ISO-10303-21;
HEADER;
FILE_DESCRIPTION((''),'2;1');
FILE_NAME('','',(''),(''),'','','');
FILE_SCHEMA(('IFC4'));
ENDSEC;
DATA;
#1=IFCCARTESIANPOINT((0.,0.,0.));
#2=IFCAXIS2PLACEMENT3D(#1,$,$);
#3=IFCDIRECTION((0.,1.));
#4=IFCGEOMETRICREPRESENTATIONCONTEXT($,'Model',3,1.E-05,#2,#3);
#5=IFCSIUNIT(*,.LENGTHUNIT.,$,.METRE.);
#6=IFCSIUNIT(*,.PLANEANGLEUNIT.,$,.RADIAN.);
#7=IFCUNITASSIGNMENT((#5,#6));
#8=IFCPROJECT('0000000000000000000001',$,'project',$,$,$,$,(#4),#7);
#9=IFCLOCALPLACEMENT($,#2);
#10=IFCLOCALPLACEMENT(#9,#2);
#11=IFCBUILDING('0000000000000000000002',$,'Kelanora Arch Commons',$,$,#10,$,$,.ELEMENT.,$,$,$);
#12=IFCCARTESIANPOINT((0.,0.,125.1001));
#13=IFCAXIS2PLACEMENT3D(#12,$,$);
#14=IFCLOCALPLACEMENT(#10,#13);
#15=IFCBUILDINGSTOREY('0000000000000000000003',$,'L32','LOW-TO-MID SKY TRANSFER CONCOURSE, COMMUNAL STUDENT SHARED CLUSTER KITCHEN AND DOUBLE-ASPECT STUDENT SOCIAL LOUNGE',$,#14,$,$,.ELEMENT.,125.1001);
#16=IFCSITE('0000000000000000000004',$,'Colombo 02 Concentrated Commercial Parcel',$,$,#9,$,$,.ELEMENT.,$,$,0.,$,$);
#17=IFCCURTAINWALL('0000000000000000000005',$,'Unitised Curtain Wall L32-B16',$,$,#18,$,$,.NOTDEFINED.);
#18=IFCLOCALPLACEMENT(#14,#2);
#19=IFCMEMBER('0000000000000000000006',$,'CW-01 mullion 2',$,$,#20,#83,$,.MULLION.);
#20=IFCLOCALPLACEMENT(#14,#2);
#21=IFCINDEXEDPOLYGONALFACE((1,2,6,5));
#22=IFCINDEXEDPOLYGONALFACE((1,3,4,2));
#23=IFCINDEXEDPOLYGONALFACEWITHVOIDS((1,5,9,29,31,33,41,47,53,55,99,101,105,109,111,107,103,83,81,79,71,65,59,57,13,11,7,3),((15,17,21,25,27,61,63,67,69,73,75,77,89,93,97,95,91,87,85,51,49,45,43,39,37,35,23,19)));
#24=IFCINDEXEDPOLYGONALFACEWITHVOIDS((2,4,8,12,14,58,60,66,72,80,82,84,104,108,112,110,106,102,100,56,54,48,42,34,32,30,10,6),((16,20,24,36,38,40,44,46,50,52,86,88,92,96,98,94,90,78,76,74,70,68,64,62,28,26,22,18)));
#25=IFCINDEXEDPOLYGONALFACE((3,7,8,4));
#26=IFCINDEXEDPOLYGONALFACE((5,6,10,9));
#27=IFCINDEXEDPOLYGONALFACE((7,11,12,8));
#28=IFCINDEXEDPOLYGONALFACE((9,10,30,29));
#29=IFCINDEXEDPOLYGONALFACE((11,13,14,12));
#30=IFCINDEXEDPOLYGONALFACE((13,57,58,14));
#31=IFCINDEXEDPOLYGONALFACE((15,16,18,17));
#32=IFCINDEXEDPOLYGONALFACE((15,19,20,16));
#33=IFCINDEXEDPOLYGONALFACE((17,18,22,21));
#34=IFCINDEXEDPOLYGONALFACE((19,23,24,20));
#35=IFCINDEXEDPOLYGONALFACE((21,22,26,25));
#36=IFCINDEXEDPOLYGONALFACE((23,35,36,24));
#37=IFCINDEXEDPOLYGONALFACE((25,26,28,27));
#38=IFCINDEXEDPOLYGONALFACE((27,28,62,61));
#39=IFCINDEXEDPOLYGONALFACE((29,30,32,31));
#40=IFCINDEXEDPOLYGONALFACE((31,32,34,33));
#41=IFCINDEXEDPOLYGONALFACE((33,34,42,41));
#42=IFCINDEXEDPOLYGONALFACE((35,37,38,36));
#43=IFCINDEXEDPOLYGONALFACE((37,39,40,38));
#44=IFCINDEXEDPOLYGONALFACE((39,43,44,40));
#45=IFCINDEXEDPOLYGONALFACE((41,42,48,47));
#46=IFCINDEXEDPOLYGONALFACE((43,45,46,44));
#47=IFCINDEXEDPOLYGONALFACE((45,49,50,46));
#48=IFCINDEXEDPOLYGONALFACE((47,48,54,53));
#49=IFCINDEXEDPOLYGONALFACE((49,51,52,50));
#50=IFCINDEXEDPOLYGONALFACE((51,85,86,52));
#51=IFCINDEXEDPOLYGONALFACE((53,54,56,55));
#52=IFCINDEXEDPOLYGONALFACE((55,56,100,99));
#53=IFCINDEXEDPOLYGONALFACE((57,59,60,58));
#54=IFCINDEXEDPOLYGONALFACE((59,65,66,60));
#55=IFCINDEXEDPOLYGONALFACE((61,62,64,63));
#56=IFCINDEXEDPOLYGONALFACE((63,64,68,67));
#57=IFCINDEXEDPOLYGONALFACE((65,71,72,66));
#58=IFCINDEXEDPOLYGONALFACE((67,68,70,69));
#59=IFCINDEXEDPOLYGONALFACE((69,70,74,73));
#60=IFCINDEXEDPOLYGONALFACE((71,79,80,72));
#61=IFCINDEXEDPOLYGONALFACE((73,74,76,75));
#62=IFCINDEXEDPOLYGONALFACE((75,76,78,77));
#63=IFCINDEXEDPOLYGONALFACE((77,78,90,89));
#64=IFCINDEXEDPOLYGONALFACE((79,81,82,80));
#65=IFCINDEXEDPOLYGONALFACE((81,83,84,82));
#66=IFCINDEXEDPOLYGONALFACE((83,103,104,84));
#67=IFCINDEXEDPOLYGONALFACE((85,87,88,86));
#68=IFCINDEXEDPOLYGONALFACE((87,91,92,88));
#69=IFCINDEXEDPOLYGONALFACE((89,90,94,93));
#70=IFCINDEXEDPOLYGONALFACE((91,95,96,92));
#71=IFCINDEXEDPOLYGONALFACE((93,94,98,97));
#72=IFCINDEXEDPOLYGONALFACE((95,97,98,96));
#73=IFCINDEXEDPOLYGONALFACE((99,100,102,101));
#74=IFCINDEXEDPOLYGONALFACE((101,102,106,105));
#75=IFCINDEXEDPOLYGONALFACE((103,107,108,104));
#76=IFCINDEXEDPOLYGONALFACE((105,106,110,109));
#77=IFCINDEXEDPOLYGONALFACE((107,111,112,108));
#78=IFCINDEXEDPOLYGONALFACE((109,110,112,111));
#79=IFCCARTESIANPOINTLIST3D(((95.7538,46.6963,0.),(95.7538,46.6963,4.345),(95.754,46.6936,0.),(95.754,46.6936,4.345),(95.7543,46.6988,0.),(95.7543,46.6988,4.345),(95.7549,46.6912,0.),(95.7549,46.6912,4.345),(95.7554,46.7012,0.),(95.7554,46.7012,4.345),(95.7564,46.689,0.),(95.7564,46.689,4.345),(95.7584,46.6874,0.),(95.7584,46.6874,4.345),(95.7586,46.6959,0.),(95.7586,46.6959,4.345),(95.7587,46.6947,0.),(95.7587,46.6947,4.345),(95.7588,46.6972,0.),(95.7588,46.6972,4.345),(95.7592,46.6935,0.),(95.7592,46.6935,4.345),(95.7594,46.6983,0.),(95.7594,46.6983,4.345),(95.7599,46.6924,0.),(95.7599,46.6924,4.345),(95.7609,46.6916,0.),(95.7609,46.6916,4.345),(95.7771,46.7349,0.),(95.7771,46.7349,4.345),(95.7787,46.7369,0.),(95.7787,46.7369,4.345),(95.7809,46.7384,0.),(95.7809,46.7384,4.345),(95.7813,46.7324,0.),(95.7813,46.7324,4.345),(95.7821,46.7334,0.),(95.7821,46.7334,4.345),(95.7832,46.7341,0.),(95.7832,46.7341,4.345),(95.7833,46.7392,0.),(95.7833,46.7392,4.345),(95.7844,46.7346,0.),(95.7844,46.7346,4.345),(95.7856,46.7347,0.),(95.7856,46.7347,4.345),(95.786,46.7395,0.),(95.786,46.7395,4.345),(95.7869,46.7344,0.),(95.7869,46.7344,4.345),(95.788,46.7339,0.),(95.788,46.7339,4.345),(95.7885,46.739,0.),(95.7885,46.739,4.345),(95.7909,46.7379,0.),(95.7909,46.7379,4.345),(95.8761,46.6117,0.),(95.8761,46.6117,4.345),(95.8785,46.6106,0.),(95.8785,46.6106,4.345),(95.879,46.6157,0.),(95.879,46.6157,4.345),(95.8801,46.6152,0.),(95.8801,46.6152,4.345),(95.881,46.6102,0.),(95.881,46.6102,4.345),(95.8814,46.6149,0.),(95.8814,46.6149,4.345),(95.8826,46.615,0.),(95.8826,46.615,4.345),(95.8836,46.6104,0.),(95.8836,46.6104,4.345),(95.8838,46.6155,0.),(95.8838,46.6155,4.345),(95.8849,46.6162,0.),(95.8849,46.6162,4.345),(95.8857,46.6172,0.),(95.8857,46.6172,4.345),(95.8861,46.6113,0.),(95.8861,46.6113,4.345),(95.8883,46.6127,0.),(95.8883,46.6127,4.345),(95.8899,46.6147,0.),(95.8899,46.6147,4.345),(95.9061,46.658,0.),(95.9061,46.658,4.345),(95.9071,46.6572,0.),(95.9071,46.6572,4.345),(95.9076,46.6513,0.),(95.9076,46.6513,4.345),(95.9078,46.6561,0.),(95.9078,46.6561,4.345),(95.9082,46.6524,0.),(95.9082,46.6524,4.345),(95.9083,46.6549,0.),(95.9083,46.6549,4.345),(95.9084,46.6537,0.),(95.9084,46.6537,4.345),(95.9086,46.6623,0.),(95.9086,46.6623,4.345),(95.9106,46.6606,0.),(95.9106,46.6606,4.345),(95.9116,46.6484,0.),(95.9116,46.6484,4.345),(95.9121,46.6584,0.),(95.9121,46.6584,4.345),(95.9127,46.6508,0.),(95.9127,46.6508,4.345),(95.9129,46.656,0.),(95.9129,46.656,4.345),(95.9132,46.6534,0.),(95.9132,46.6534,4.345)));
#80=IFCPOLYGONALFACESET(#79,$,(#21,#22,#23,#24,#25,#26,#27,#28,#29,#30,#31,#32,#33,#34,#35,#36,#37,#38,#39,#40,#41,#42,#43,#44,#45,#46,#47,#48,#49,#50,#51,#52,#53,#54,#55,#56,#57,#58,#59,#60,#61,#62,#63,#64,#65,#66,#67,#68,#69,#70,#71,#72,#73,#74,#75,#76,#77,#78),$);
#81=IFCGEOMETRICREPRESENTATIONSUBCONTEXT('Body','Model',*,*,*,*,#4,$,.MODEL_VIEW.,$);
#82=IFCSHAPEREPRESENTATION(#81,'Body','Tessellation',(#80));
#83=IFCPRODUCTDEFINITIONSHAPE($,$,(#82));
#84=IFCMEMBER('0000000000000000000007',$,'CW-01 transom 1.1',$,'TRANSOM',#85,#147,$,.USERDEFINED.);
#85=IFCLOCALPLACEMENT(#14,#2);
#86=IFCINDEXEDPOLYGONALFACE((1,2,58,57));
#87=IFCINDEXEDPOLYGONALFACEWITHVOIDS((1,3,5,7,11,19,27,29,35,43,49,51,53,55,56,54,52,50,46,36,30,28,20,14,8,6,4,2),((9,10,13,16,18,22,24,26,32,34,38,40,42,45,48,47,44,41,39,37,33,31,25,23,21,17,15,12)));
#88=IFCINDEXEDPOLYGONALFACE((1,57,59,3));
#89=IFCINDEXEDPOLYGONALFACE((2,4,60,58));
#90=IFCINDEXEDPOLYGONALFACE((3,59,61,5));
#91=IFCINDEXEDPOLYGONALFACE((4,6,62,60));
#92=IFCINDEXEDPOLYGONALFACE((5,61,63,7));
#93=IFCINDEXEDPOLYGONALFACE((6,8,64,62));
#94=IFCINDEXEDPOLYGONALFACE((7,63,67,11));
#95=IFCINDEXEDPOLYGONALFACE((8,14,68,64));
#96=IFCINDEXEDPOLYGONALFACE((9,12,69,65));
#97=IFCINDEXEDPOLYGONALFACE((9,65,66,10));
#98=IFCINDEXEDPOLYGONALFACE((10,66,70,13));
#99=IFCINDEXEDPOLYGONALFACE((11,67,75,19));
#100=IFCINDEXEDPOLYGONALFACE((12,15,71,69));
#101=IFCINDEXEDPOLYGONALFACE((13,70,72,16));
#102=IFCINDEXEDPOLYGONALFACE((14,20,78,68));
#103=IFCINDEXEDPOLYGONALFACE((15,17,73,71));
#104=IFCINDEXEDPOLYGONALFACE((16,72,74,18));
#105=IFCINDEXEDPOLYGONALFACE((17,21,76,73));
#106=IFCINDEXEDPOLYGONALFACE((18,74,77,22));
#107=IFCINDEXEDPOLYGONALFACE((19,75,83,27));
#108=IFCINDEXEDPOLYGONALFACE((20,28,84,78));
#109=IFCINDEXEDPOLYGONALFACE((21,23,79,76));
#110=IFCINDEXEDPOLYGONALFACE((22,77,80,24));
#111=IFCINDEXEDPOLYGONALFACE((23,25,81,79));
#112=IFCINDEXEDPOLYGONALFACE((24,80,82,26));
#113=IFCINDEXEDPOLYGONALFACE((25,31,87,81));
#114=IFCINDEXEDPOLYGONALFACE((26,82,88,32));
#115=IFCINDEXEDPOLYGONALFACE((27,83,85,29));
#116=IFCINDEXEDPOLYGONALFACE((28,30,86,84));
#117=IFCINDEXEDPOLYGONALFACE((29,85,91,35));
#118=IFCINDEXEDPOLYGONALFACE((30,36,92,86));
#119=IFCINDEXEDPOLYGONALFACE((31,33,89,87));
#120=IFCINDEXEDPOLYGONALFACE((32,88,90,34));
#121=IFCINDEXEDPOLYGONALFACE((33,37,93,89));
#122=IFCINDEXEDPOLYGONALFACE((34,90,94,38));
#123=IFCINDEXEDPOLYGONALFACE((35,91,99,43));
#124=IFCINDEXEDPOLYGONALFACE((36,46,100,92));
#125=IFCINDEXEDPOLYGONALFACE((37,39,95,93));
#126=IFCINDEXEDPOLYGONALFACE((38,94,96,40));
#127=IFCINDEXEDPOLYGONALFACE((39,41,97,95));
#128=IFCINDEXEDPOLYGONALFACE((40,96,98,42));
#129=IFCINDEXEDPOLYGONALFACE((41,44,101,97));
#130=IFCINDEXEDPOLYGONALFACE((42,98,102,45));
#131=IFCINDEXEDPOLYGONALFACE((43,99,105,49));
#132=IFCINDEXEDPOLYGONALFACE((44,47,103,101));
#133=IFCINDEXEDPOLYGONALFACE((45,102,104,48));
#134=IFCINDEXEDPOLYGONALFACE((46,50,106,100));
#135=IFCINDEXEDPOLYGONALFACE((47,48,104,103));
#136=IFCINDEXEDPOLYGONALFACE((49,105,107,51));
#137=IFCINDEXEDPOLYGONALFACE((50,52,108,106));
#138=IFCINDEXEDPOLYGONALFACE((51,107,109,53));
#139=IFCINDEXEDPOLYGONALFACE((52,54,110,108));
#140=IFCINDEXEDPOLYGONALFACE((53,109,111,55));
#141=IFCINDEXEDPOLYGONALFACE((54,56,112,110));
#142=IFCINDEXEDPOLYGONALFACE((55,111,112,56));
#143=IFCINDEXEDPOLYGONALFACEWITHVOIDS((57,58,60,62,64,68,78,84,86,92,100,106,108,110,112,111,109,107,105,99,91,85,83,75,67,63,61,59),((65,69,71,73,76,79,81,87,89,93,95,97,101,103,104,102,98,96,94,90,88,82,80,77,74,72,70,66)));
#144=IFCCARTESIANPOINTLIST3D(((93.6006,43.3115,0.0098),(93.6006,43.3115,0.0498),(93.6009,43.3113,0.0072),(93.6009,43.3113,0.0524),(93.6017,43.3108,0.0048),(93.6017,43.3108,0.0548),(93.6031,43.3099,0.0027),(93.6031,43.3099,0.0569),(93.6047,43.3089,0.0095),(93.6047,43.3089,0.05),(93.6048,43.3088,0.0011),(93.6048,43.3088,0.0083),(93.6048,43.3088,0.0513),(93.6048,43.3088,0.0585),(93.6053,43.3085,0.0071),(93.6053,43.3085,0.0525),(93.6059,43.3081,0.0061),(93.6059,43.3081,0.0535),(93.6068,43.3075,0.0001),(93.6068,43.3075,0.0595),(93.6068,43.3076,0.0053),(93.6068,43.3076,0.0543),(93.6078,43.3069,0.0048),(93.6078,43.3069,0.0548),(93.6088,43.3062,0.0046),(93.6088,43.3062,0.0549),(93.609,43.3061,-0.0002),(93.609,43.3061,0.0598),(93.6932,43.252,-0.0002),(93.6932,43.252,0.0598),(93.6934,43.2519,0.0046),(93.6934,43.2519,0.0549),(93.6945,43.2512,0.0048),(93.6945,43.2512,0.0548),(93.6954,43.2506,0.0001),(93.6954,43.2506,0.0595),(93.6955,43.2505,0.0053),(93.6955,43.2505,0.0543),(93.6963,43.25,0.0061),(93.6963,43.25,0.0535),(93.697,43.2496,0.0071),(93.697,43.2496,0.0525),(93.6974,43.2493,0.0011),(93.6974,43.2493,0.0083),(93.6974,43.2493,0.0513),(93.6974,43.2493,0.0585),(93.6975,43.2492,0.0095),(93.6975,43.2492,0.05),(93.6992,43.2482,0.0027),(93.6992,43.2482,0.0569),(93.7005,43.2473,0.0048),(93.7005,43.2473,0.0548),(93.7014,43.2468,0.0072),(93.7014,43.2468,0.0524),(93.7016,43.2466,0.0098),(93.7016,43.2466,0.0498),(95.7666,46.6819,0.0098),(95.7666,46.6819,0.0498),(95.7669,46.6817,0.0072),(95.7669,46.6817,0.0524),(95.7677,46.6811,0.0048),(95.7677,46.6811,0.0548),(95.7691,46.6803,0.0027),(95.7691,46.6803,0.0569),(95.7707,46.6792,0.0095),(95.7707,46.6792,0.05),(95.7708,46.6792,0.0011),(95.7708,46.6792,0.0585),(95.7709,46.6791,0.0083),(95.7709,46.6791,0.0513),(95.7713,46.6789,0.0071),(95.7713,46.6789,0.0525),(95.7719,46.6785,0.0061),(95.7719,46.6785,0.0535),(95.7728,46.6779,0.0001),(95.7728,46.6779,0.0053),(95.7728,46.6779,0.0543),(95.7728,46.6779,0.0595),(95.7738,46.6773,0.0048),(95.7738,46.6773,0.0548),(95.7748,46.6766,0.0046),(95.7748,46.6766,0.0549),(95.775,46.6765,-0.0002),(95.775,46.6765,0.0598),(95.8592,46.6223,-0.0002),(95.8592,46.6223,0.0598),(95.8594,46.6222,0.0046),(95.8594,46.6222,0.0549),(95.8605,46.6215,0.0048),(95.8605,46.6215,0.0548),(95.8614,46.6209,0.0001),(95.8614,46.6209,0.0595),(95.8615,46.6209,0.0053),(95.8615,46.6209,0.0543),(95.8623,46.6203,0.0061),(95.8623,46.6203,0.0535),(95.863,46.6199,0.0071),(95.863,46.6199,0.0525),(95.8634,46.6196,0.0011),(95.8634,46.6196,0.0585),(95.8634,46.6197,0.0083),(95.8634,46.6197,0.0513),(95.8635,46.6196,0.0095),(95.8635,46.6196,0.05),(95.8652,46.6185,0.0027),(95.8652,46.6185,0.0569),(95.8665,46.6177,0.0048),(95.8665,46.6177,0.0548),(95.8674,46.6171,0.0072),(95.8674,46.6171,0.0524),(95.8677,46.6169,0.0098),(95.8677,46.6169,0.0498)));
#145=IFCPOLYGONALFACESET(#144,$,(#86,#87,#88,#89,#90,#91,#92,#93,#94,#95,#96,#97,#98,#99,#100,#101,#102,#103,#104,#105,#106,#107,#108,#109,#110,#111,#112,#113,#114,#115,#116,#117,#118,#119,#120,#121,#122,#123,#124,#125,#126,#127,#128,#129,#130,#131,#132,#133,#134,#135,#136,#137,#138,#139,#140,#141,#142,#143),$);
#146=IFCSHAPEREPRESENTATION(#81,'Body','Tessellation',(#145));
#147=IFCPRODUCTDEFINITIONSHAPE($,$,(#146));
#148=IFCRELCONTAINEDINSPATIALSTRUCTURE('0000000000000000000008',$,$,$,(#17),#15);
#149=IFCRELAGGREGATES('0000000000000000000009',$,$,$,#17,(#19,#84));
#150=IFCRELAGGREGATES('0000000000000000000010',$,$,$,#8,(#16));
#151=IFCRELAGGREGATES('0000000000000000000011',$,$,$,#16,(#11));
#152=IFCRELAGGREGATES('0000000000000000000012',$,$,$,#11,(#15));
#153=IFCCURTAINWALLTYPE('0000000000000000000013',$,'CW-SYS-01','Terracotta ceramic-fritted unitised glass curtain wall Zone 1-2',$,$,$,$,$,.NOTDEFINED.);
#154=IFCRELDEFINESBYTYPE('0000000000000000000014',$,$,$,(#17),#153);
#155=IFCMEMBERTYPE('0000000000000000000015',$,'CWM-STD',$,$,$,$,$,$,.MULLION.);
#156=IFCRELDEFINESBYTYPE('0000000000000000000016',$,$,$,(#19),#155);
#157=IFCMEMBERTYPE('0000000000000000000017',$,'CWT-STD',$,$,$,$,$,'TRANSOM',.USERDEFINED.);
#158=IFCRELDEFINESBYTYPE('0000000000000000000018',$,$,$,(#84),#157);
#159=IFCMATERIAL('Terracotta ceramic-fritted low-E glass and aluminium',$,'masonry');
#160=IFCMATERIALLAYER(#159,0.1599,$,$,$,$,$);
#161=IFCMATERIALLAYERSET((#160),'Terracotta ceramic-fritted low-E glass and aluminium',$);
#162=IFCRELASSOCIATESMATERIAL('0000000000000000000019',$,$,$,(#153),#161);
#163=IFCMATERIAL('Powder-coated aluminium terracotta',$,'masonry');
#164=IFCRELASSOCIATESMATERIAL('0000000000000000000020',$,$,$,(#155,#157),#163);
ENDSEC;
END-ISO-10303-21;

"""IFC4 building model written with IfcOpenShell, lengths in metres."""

from ifc_helpers import new_model, si_unit, direction, frame, origin, origin_2d, place, context, subcontext, project, spatial, hollow_rectangle, extrude, material, layer, layer_set, material_profile, profile_set, type_object, element, aggregate, save


model = new_model("IFC4")

# Units and contexts
model_context = context("Model", 3, precision=1e-05, world=origin(), true_north=direction((0.0, 1.0)))
body_context = subcontext(model_context, "Body", "Model", "MODEL_VIEW")
ifc_project = project(units=[si_unit("LENGTHUNIT", "METRE"), si_unit("PLANEANGLEUNIT", "RADIAN")], contexts=[model_context])

# Site, building, storey
site_placement = place(None, origin())
site = spatial("IfcSite", under=ifc_project, at=site_placement, Name="Colombo 02 Concentrated Commercial Parcel", CompositionType="ELEMENT", RefElevation=0.0)
building_placement = place(site_placement, origin())
building = spatial("IfcBuilding", under=site, at=building_placement, Name="Kelanora Arch Commons", CompositionType="ELEMENT")
storey_placement = place(building_placement, frame((0.0, 0.0, 125.1001)))
storey = spatial("IfcBuildingStorey", under=building, at=storey_placement, Name="L32", Description="LOW-TO-MID SKY TRANSFER CONCOURSE, COMMUNAL STUDENT SHARED CLUSTER KITCHEN AND DOUBLE-ASPECT STUDENT SOCIAL LOUNGE", CompositionType="ELEMENT", Elevation=125.1001)

# Shared definitions
ifc_material_1 = material(Name="Terracotta ceramic-fritted low-E glass and aluminium", Category="masonry")
ifc_layer_1 = layer(ifc_material_1, 0.1599)
ifc_layer_set_1 = layer_set([ifc_layer_1], Name="Terracotta ceramic-fritted low-E glass and aluminium")
curtain_wall_type = type_object("IfcCurtainWallType", Name="CW-SYS-01", Description="Terracotta ceramic-fritted unitised glass curtain wall Zone 1-2", PredefinedType="NOTDEFINED", material=ifc_layer_set_1)
ifc_material_2 = material(Name="Powder-coated aluminium terracotta", Category="masonry")
ifc_material_profile_1 = material_profile(ifc_material_2, hollow_rectangle(XDim=0.1599, YDim=0.0601, WallThickness=0.0049, InnerFilletRadius=0.0049, OuterFilletRadius=0.01, at=origin_2d()), Name="CWM160x60")
ifc_profile_set_1 = profile_set([ifc_material_profile_1], Name="Powder-coated aluminium terracotta")
member_type_1 = type_object("IfcMemberType", Name="CWM-STD", PredefinedType="MULLION", material=ifc_profile_set_1)

# Curtain wall, members
curtain_wall_1_placement = place(storey_placement, origin())
curtain_wall_1 = element("IfcCurtainWall", 1, at=curtain_wall_1_placement, inside=storey, type_object=curtain_wall_type, Name="Unitised Curtain Wall L32-B16", PredefinedType="NOTDEFINED")
member_1_placement = place(storey_placement, frame((95.8335, 46.6748, 0.0), z_axis=(0.0, 0.0, 1.0), x_axis=(-0.841269, 0.540617, 0.0)))
member_1 = element("IfcMember", 2, at=member_1_placement, type_object=member_type_1, Name="CW-01 mullion 2", PredefinedType="MULLION", context=body_context, shape_type="SweptSolid", body=[
    extrude(hollow_rectangle(XDim=0.1599, YDim=0.0601, WallThickness=0.0049, InnerFilletRadius=0.0049, OuterFilletRadius=0.01, at=origin_2d()), origin(), (0.0, 0.0, 1.0), 4.345),
])
ifc_material_profile_2 = material_profile(ifc_material_2, hollow_rectangle(XDim=0.1201, YDim=0.0601, WallThickness=0.0049, InnerFilletRadius=0.0049, OuterFilletRadius=0.01, at=origin_2d()), Name="CWT120x60")
ifc_profile_set_2 = profile_set([ifc_material_profile_2], Name="Powder-coated aluminium terracotta")
member_type_2 = type_object("IfcMemberType", Name="CWT-STD", ElementType="TRANSOM", PredefinedType="USERDEFINED", material=ifc_profile_set_2)
member_2_placement = place(storey_placement, frame((93.6511, 43.2791, 0.0298), z_axis=(0.540644, 0.841252, 0.0), x_axis=(-0.841252, 0.540644, 0.0)))
member_2 = element("IfcMember", 3, at=member_2_placement, type_object=member_type_2, Name="CW-01 transom 1.1", ObjectType="TRANSOM", PredefinedType="USERDEFINED", context=body_context, shape_type="SweptSolid", body=[
    extrude(hollow_rectangle(XDim=0.1201, YDim=0.0601, WallThickness=0.0049, InnerFilletRadius=0.0049, OuterFilletRadius=0.01, at=origin_2d()), origin(), (0.0, 0.0, 1.0), 4.0063),
])

aggregate(curtain_wall_1, [member_1, member_2])

save(model, "model.ifc")
